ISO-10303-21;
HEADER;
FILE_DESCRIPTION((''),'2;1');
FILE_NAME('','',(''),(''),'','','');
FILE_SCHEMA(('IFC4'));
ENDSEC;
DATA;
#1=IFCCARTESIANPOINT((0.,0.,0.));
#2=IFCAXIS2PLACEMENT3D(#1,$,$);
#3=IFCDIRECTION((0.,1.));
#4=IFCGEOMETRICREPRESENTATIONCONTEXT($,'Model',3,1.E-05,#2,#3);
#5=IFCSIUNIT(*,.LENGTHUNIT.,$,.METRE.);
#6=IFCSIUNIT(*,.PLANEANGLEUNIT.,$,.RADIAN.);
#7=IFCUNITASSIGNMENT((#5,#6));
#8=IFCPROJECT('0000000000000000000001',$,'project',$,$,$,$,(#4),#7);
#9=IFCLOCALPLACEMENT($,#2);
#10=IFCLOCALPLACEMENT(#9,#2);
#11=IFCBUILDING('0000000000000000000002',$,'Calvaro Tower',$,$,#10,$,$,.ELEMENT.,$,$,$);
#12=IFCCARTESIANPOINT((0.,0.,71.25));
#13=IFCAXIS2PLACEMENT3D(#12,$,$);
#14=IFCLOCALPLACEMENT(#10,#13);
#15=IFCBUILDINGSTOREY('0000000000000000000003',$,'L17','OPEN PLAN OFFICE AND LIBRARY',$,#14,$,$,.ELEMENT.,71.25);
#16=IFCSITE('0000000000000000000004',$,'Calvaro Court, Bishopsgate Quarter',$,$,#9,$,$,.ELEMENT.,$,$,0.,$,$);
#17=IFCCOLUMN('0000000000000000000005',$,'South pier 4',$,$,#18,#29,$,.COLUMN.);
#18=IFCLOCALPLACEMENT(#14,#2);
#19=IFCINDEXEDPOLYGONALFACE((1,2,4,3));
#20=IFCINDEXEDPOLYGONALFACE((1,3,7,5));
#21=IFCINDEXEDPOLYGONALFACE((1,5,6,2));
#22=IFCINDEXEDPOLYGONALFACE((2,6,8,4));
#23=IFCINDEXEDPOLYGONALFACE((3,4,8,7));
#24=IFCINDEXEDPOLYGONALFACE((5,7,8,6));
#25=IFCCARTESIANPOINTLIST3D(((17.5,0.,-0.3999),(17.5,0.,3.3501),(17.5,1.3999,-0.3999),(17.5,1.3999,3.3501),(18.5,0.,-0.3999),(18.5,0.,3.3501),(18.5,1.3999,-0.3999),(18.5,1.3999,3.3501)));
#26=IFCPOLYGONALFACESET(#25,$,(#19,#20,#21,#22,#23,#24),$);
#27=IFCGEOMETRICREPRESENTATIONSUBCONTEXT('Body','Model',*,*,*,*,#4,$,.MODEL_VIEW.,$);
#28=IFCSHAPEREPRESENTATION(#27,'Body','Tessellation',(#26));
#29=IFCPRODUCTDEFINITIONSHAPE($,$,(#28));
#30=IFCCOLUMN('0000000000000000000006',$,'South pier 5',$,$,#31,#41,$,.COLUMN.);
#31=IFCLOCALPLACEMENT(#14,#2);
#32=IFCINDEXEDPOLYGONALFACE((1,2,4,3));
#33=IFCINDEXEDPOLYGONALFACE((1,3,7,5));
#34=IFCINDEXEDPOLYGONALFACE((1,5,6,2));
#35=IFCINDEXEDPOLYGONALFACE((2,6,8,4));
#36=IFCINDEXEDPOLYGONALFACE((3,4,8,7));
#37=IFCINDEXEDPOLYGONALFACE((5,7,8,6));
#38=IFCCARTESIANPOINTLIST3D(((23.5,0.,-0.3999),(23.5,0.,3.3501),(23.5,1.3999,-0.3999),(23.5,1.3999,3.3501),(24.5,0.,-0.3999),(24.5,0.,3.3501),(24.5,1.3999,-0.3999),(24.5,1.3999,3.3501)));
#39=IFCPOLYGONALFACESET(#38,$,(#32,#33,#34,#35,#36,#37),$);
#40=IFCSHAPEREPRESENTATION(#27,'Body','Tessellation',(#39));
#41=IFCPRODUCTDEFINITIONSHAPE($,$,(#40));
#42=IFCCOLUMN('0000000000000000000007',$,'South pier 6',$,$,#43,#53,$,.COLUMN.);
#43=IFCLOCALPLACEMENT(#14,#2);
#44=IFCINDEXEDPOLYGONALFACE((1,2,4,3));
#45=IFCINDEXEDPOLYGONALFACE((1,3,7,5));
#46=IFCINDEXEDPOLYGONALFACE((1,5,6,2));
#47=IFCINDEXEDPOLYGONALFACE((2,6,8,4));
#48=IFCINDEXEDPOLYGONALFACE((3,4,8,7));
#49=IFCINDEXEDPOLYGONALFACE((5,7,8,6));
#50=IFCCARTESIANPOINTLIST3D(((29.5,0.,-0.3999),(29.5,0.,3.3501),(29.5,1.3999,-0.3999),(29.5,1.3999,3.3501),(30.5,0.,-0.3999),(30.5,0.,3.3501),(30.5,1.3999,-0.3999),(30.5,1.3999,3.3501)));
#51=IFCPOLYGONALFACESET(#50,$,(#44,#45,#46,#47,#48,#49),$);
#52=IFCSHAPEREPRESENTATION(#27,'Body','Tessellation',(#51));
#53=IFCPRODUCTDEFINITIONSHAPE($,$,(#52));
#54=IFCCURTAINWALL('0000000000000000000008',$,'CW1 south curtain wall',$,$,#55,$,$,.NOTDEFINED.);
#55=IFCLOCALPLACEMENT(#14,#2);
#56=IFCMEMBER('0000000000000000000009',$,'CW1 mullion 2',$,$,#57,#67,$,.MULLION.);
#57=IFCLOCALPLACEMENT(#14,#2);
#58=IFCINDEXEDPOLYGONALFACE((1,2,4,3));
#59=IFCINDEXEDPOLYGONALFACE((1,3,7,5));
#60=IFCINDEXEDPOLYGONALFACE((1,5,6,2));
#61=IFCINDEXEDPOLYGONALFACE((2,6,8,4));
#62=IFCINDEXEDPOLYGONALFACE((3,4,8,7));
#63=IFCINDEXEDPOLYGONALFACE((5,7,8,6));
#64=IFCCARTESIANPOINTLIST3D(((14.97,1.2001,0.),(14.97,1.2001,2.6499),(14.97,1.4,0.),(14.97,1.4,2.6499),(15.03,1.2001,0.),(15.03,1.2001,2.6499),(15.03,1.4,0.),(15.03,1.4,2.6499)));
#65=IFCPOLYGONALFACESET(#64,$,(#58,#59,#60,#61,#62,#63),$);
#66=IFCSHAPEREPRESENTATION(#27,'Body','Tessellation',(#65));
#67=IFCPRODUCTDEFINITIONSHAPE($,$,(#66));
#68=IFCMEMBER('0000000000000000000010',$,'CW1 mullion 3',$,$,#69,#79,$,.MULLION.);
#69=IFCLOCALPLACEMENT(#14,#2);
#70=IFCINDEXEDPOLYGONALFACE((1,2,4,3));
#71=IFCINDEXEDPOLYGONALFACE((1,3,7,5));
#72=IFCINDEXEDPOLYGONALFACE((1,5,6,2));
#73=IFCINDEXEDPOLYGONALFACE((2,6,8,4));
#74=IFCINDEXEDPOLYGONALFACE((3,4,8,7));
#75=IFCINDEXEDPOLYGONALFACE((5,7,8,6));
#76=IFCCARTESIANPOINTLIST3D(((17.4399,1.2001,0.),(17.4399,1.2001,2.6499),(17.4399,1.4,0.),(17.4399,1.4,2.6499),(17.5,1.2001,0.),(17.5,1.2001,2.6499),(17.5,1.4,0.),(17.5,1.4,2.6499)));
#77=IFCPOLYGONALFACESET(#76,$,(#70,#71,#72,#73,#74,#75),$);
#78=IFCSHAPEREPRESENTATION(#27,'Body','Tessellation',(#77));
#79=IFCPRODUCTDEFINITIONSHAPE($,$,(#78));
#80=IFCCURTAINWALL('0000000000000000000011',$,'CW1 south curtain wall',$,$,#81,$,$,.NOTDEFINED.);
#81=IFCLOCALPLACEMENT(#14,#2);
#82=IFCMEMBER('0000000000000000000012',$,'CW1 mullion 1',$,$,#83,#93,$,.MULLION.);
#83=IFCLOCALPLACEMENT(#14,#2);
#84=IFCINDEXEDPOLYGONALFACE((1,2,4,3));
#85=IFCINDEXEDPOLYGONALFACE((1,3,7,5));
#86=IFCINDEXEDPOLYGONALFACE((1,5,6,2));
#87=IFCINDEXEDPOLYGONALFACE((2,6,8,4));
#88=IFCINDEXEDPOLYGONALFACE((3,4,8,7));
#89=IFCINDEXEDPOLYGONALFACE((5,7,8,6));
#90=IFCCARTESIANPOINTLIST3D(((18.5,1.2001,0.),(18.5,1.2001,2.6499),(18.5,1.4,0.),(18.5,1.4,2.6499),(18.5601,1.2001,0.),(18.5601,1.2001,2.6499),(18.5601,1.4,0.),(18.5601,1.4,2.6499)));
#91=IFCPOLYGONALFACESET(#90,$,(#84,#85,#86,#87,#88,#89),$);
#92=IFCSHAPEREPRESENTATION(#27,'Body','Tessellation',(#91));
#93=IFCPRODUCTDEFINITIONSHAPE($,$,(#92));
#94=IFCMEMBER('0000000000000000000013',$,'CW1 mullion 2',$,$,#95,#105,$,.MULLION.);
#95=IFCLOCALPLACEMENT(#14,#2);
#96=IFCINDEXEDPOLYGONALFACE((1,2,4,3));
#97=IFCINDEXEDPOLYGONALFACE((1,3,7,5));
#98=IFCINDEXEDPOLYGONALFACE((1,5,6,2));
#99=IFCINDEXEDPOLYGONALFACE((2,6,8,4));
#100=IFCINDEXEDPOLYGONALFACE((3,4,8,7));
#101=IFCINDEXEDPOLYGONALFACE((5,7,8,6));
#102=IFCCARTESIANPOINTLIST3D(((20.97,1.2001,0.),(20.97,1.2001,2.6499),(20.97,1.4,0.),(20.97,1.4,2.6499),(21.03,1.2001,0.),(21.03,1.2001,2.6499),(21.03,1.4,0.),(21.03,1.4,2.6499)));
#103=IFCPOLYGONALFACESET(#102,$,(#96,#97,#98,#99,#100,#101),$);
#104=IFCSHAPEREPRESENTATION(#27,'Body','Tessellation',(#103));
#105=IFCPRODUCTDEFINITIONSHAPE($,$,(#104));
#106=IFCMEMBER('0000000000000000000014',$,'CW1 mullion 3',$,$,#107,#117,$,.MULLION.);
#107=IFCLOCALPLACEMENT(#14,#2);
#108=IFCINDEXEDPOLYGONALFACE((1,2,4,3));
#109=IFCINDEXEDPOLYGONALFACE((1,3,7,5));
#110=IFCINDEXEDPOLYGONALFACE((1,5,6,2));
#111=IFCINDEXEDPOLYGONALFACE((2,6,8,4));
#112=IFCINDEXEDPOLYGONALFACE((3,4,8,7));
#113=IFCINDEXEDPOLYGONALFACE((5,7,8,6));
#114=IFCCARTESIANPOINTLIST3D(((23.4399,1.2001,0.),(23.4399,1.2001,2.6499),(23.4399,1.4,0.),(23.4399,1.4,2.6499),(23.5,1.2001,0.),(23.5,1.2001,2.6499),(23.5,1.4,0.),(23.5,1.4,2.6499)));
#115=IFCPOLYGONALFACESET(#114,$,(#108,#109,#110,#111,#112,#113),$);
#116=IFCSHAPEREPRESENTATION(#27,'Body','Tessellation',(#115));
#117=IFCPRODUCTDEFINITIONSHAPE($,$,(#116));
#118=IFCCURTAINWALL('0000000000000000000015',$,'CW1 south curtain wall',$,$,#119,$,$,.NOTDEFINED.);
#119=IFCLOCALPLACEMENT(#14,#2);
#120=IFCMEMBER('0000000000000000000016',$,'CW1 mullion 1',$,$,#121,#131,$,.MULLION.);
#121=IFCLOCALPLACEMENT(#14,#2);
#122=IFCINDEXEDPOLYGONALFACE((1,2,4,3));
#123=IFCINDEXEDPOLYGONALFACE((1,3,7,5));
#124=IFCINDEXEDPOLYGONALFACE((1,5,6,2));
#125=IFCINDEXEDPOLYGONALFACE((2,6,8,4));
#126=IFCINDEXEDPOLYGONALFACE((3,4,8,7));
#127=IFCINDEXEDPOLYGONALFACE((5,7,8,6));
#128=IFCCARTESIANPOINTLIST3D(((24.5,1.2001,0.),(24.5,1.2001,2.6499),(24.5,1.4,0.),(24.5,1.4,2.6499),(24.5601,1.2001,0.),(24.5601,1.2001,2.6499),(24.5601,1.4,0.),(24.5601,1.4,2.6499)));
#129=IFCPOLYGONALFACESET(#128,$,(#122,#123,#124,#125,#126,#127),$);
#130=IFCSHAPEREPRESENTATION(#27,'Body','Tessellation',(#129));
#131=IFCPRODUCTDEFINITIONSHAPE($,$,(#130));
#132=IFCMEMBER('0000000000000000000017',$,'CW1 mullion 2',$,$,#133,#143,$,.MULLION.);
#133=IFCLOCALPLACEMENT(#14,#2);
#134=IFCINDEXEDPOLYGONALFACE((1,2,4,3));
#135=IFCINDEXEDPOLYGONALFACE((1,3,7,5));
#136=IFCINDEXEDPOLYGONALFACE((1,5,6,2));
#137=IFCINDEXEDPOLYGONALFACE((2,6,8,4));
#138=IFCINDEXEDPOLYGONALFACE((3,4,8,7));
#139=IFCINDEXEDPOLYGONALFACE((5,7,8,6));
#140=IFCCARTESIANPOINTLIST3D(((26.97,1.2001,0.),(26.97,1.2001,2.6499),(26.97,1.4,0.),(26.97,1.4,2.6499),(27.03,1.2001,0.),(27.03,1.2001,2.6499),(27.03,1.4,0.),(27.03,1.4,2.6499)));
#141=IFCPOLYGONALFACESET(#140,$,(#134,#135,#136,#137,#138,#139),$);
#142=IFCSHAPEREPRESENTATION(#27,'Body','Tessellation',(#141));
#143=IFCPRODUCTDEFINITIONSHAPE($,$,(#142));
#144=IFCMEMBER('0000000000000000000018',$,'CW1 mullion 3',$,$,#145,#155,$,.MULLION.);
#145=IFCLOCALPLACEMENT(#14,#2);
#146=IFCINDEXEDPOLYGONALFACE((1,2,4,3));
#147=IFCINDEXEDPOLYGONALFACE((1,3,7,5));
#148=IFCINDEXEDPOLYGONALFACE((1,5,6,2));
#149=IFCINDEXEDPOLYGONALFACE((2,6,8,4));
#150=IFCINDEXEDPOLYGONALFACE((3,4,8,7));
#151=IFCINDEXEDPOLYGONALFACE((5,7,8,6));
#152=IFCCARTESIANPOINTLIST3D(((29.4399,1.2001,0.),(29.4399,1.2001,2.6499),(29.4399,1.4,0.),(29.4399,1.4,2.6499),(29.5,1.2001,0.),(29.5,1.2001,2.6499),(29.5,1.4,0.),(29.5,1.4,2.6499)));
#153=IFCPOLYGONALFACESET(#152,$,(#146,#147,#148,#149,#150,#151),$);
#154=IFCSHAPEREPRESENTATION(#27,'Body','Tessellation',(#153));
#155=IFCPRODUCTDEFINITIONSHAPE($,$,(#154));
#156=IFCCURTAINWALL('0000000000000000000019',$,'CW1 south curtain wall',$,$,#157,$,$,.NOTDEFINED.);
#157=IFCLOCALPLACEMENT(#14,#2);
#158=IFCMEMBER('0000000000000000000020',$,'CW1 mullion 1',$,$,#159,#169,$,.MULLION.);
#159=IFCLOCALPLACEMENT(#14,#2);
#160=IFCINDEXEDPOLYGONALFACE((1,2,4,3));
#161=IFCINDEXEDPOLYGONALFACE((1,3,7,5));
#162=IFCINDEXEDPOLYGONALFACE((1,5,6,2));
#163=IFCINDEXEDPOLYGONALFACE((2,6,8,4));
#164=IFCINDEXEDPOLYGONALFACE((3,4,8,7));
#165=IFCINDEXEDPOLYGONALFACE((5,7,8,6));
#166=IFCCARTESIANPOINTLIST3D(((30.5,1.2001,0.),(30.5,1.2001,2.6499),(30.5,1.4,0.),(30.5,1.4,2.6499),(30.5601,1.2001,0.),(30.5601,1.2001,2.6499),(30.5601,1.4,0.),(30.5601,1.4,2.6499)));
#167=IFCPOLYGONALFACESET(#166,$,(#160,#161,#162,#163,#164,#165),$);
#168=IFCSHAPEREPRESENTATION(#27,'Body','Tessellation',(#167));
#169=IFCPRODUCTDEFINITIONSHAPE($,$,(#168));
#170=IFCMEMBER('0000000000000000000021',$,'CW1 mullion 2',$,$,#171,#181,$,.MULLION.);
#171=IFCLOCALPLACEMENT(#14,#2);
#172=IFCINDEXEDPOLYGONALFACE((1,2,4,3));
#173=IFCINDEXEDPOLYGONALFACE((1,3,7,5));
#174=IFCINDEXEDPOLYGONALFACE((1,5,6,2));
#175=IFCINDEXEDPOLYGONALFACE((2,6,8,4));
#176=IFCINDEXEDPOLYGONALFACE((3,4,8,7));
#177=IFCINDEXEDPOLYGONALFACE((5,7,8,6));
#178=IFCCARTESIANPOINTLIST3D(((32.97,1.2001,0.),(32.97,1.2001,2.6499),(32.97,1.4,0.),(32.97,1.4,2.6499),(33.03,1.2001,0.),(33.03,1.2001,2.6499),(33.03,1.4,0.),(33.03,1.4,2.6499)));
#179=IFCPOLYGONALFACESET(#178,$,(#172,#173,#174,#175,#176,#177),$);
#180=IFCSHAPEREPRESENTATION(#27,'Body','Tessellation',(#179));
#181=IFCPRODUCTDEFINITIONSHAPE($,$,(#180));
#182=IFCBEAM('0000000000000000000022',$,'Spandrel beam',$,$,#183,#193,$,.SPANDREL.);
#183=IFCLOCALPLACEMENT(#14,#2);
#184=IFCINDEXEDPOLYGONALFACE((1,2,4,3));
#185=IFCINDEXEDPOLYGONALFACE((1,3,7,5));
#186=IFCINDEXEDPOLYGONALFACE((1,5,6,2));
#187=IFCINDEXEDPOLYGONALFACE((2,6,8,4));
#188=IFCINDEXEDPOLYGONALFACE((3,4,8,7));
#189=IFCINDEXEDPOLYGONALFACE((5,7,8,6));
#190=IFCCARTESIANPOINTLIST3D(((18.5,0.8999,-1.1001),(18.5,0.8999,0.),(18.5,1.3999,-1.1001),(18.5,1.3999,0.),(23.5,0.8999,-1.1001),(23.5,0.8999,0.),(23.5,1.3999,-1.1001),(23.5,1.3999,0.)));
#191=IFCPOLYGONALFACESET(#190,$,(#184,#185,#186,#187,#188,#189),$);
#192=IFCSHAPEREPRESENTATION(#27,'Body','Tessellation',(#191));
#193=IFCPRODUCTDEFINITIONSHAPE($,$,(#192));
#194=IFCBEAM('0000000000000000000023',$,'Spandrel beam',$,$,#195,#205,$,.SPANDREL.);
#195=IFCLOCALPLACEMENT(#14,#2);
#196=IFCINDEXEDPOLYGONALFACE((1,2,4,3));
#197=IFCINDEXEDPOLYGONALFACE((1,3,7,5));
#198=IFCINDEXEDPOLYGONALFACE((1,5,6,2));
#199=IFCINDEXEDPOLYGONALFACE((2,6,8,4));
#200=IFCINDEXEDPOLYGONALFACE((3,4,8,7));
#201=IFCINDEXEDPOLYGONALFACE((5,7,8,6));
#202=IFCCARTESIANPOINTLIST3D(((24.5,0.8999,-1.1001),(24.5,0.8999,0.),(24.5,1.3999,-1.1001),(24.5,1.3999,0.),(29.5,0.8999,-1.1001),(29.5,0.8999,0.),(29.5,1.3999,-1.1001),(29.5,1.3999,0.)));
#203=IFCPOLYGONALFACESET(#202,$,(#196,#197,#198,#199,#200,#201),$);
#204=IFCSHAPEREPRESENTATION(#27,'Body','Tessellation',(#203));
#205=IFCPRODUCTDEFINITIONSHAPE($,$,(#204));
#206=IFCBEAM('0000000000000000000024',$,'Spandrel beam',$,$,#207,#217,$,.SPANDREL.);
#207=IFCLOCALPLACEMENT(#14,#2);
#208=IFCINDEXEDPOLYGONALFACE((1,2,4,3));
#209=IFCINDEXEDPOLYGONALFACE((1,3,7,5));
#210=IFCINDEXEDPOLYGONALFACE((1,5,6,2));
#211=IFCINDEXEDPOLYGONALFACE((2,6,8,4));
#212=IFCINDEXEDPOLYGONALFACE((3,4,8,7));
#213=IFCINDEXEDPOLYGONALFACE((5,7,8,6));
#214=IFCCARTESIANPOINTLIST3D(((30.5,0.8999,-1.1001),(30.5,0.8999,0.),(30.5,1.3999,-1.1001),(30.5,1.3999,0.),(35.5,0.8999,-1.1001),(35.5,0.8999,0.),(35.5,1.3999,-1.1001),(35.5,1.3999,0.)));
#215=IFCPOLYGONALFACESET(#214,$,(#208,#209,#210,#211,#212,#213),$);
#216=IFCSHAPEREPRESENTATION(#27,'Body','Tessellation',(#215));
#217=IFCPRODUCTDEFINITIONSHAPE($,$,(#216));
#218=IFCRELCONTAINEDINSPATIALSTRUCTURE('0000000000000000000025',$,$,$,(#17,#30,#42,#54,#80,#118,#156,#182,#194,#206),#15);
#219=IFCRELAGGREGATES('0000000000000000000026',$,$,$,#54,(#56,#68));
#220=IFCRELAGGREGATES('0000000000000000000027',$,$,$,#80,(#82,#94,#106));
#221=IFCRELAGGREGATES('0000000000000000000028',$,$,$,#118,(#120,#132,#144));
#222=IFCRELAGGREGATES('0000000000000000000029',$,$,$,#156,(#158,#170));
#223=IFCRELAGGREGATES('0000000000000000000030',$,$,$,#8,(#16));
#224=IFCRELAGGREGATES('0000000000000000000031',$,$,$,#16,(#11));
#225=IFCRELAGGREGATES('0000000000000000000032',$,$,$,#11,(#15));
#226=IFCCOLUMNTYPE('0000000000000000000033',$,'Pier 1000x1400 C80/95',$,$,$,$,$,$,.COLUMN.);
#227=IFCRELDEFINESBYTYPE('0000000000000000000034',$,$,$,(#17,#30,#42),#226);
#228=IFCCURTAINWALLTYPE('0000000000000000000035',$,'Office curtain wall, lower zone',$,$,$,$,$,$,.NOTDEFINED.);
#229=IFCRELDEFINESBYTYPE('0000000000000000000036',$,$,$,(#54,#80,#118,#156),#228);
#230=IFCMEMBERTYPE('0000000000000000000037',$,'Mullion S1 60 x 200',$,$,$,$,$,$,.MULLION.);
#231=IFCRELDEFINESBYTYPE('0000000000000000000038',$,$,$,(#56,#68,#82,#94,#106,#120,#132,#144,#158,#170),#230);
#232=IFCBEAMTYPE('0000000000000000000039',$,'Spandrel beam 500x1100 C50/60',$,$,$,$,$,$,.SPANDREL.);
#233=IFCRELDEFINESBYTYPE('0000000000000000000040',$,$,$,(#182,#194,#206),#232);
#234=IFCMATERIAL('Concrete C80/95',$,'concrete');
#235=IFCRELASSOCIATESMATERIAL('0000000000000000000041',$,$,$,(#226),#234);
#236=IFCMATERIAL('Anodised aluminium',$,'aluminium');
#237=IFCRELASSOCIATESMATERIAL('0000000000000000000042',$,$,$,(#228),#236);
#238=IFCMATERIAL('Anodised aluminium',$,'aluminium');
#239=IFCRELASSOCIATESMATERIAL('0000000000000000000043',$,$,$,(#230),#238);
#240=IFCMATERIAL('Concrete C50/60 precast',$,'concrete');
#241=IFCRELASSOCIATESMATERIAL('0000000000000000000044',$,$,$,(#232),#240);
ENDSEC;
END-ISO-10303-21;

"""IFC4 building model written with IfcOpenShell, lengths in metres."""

from ifc_helpers import new_model, si_unit, direction, frame, origin, origin_2d, place, context, subcontext, project, spatial, rectangle, extrude, material, material_profile, profile_set, type_object, element, aggregate, save


model = new_model("IFC4")

# Units and contexts
model_context = context("Model", 3, precision=1e-05, world=origin(), true_north=direction((0.0, 1.0)))
body_context = subcontext(model_context, "Body", "Model", "MODEL_VIEW")
ifc_project = project(units=[si_unit("LENGTHUNIT", "METRE"), si_unit("PLANEANGLEUNIT", "RADIAN")], contexts=[model_context])

# Site, building, storey
site_placement = place(None, origin())
site = spatial("IfcSite", under=ifc_project, at=site_placement, Name="Calvaro Court, Bishopsgate Quarter", CompositionType="ELEMENT", RefElevation=0.0)
building_placement = place(site_placement, origin())
building = spatial("IfcBuilding", under=site, at=building_placement, Name="Calvaro Tower", CompositionType="ELEMENT")
storey_placement = place(building_placement, frame((0.0, 0.0, 71.25)))
storey = spatial("IfcBuildingStorey", under=building, at=storey_placement, Name="L17", Description="OPEN PLAN OFFICE AND LIBRARY", CompositionType="ELEMENT", Elevation=71.25)

# Columns
ifc_material_1 = material(Name="Concrete C80/95", Category="concrete")
ifc_material_profile_1 = material_profile(ifc_material_1, rectangle(XDim=1.0, YDim=1.3999, at=origin_2d()), Name="RC 1000x1400")
ifc_profile_set_1 = profile_set([ifc_material_profile_1], Name="Concrete C80/95")
column_type = type_object("IfcColumnType", Name="Pier 1000x1400 C80/95", PredefinedType="COLUMN", material=ifc_profile_set_1)
for number, where, z_axis, x_axis, name in (
    (1, (18.0, 0.7, -0.3999), (0.0, 0.0, 1.0), (1.0, 0.0, 0.0), "South pier 4"),
    (2, (24.0, 0.7, -0.3999), (0.0, 0.0, 1.0), (1.0, 0.0, 0.0), "South pier 5"),
    (3, (30.0, 0.7, -0.3999), (0.0, 0.0, 1.0), (1.0, 0.0, 0.0), "South pier 6"),
):
    element("IfcColumn", number, at=place(storey_placement, frame(where, z_axis=z_axis, x_axis=x_axis)), inside=storey, type_object=column_type, Name=name, PredefinedType="COLUMN", context=body_context, shape_type="SweptSolid", body=[
        extrude(rectangle(XDim=1.0, YDim=1.3999, at=origin_2d()), origin(), (0.0, 0.0, 1.0), 3.75),
    ])

# Curtain walls, members
ifc_material_2 = material(Name="Anodised aluminium", Category="aluminium")
curtain_wall_type = type_object("IfcCurtainWallType", Name="Office curtain wall, lower zone", PredefinedType="NOTDEFINED", material=ifc_material_2)
curtain_wall_1_placement = place(storey_placement, origin())
curtain_wall_1 = element("IfcCurtainWall", 4, at=curtain_wall_1_placement, inside=storey, type_object=curtain_wall_type, Name="CW1 south curtain wall", PredefinedType="NOTDEFINED")
ifc_material_3 = material(Name="Anodised aluminium", Category="aluminium")
ifc_material_profile_2 = material_profile(ifc_material_3, rectangle(XDim=0.2, YDim=0.0601, at=origin_2d()), Name="Mullion S1 60 x 200")
ifc_profile_set_2 = profile_set([ifc_material_profile_2], Name="Anodised aluminium")
member_type_1 = type_object("IfcMemberType", Name="Mullion S1 60 x 200", PredefinedType="MULLION", material=ifc_profile_set_2)
member_1_placement = place(storey_placement, frame((15.0, 1.3, 0.0), z_axis=(0.0, 0.0, 1.0), x_axis=(0.0, 1.0, 0.0)))
member_1 = element("IfcMember", 5, at=member_1_placement, type_object=member_type_1, Name="CW1 mullion 2", PredefinedType="MULLION", context=body_context, shape_type="SweptSolid", body=[
    extrude(rectangle(XDim=0.2, YDim=0.0601, at=origin_2d()), origin(), (0.0, 0.0, 1.0), 2.6499),
])
member_2_placement = place(storey_placement, frame((17.47, 1.3, 0.0), z_axis=(0.0, 0.0, 1.0), x_axis=(0.0, 1.0, 0.0)))
member_2 = element("IfcMember", 6, at=member_2_placement, type_object=member_type_1, Name="CW1 mullion 3", PredefinedType="MULLION", context=body_context, shape_type="SweptSolid", body=[
    extrude(rectangle(XDim=0.2, YDim=0.0601, at=origin_2d()), origin(), (0.0, 0.0, 1.0), 2.6499),
])
curtain_wall_2_placement = place(storey_placement, origin())
curtain_wall_2 = element("IfcCurtainWall", 7, at=curtain_wall_2_placement, inside=storey, type_object=curtain_wall_type, Name="CW1 south curtain wall", PredefinedType="NOTDEFINED")
member_3_placement = place(storey_placement, frame((18.53, 1.3, 0.0), z_axis=(0.0, 0.0, 1.0), x_axis=(0.0, 1.0, 0.0)))
member_3 = element("IfcMember", 8, at=member_3_placement, type_object=member_type_1, Name="CW1 mullion 1", PredefinedType="MULLION", context=body_context, shape_type="SweptSolid", body=[
    extrude(rectangle(XDim=0.2, YDim=0.0601, at=origin_2d()), origin(), (0.0, 0.0, 1.0), 2.6499),
])
member_4_placement = place(storey_placement, frame((21.0, 1.3, 0.0), z_axis=(0.0, 0.0, 1.0), x_axis=(0.0, 1.0, 0.0)))
member_4 = element("IfcMember", 9, at=member_4_placement, type_object=member_type_1, Name="CW1 mullion 2", PredefinedType="MULLION", context=body_context, shape_type="SweptSolid", body=[
    extrude(rectangle(XDim=0.2, YDim=0.0601, at=origin_2d()), origin(), (0.0, 0.0, 1.0), 2.6499),
])
member_5_placement = place(storey_placement, frame((23.47, 1.3, 0.0), z_axis=(0.0, 0.0, 1.0), x_axis=(0.0, 1.0, 0.0)))
member_5 = element("IfcMember", 10, at=member_5_placement, type_object=member_type_1, Name="CW1 mullion 3", PredefinedType="MULLION", context=body_context, shape_type="SweptSolid", body=[
    extrude(rectangle(XDim=0.2, YDim=0.0601, at=origin_2d()), origin(), (0.0, 0.0, 1.0), 2.6499),
])
curtain_wall_3_placement = place(storey_placement, origin())
curtain_wall_3 = element("IfcCurtainWall", 11, at=curtain_wall_3_placement, inside=storey, type_object=curtain_wall_type, Name="CW1 south curtain wall", PredefinedType="NOTDEFINED")
member_6_placement = place(storey_placement, frame((24.53, 1.3, 0.0), z_axis=(0.0, 0.0, 1.0), x_axis=(0.0, 1.0, 0.0)))
member_6 = element("IfcMember", 12, at=member_6_placement, type_object=member_type_1, Name="CW1 mullion 1", PredefinedType="MULLION", context=body_context, shape_type="SweptSolid", body=[
    extrude(rectangle(XDim=0.2, YDim=0.0601, at=origin_2d()), origin(), (0.0, 0.0, 1.0), 2.6499),
])
member_7_placement = place(storey_placement, frame((27.0, 1.3, 0.0), z_axis=(0.0, 0.0, 1.0), x_axis=(0.0, 1.0, 0.0)))
member_7 = element("IfcMember", 13, at=member_7_placement, type_object=member_type_1, Name="CW1 mullion 2", PredefinedType="MULLION", context=body_context, shape_type="SweptSolid", body=[
    extrude(rectangle(XDim=0.2, YDim=0.0601, at=origin_2d()), origin(), (0.0, 0.0, 1.0), 2.6499),
])
member_8_placement = place(storey_placement, frame((29.47, 1.3, 0.0), z_axis=(0.0, 0.0, 1.0), x_axis=(0.0, 1.0, 0.0)))
member_8 = element("IfcMember", 14, at=member_8_placement, type_object=member_type_1, Name="CW1 mullion 3", PredefinedType="MULLION", context=body_context, shape_type="SweptSolid", body=[
    extrude(rectangle(XDim=0.2, YDim=0.0601, at=origin_2d()), origin(), (0.0, 0.0, 1.0), 2.6499),
])
curtain_wall_4_placement = place(storey_placement, origin())
curtain_wall_4 = element("IfcCurtainWall", 15, at=curtain_wall_4_placement, inside=storey, type_object=curtain_wall_type, Name="CW1 south curtain wall", PredefinedType="NOTDEFINED")
member_9_placement = place(storey_placement, frame((30.53, 1.3, 0.0), z_axis=(0.0, 0.0, 1.0), x_axis=(0.0, 1.0, 0.0)))
member_9 = element("IfcMember", 16, at=member_9_placement, type_object=member_type_1, Name="CW1 mullion 1", PredefinedType="MULLION", context=body_context, shape_type="SweptSolid", body=[
    extrude(rectangle(XDim=0.2, YDim=0.0601, at=origin_2d()), origin(), (0.0, 0.0, 1.0), 2.6499),
])
member_10_placement = place(storey_placement, frame((33.0, 1.3, 0.0), z_axis=(0.0, 0.0, 1.0), x_axis=(0.0, 1.0, 0.0)))
member_10 = element("IfcMember", 17, at=member_10_placement, type_object=member_type_1, Name="CW1 mullion 2", PredefinedType="MULLION", context=body_context, shape_type="SweptSolid", body=[
    extrude(rectangle(XDim=0.2, YDim=0.0601, at=origin_2d()), origin(), (0.0, 0.0, 1.0), 2.6499),
])

# Beams
ifc_material_4 = material(Name="Concrete C50/60 precast", Category="concrete")
ifc_material_profile_3 = material_profile(ifc_material_4, rectangle(XDim=0.5, YDim=1.1001, at=origin_2d()), Name="RC 500x1100")
ifc_profile_set_3 = profile_set([ifc_material_profile_3], Name="Concrete C50/60 precast")
beam_type = type_object("IfcBeamType", Name="Spandrel beam 500x1100 C50/60", PredefinedType="SPANDREL", material=ifc_profile_set_3)
for number, where, z_axis, x_axis, name in (
    (18, (18.5, 1.1499, -0.55), (1.0, 0.0, 0.0), (0.0, 1.0, 0.0), "Spandrel beam"),
    (19, (24.5, 1.1499, -0.55), (1.0, 0.0, 0.0), (0.0, 1.0, 0.0), "Spandrel beam"),
    (20, (30.5, 1.1499, -0.55), (1.0, 0.0, 0.0), (0.0, 1.0, 0.0), "Spandrel beam"),
):
    element("IfcBeam", number, at=place(storey_placement, frame(where, z_axis=z_axis, x_axis=x_axis)), inside=storey, type_object=beam_type, Name=name, PredefinedType="SPANDREL", context=body_context, shape_type="SweptSolid", body=[
        extrude(rectangle(XDim=0.5, YDim=1.1001, at=origin_2d()), origin(), (0.0, 0.0, 1.0), 5.0),
    ])

aggregate(curtain_wall_1, [member_1, member_2])
aggregate(curtain_wall_2, [member_3, member_4, member_5])
aggregate(curtain_wall_3, [member_6, member_7, member_8])
aggregate(curtain_wall_4, [member_9, member_10])

save(model, "model.ifc")
